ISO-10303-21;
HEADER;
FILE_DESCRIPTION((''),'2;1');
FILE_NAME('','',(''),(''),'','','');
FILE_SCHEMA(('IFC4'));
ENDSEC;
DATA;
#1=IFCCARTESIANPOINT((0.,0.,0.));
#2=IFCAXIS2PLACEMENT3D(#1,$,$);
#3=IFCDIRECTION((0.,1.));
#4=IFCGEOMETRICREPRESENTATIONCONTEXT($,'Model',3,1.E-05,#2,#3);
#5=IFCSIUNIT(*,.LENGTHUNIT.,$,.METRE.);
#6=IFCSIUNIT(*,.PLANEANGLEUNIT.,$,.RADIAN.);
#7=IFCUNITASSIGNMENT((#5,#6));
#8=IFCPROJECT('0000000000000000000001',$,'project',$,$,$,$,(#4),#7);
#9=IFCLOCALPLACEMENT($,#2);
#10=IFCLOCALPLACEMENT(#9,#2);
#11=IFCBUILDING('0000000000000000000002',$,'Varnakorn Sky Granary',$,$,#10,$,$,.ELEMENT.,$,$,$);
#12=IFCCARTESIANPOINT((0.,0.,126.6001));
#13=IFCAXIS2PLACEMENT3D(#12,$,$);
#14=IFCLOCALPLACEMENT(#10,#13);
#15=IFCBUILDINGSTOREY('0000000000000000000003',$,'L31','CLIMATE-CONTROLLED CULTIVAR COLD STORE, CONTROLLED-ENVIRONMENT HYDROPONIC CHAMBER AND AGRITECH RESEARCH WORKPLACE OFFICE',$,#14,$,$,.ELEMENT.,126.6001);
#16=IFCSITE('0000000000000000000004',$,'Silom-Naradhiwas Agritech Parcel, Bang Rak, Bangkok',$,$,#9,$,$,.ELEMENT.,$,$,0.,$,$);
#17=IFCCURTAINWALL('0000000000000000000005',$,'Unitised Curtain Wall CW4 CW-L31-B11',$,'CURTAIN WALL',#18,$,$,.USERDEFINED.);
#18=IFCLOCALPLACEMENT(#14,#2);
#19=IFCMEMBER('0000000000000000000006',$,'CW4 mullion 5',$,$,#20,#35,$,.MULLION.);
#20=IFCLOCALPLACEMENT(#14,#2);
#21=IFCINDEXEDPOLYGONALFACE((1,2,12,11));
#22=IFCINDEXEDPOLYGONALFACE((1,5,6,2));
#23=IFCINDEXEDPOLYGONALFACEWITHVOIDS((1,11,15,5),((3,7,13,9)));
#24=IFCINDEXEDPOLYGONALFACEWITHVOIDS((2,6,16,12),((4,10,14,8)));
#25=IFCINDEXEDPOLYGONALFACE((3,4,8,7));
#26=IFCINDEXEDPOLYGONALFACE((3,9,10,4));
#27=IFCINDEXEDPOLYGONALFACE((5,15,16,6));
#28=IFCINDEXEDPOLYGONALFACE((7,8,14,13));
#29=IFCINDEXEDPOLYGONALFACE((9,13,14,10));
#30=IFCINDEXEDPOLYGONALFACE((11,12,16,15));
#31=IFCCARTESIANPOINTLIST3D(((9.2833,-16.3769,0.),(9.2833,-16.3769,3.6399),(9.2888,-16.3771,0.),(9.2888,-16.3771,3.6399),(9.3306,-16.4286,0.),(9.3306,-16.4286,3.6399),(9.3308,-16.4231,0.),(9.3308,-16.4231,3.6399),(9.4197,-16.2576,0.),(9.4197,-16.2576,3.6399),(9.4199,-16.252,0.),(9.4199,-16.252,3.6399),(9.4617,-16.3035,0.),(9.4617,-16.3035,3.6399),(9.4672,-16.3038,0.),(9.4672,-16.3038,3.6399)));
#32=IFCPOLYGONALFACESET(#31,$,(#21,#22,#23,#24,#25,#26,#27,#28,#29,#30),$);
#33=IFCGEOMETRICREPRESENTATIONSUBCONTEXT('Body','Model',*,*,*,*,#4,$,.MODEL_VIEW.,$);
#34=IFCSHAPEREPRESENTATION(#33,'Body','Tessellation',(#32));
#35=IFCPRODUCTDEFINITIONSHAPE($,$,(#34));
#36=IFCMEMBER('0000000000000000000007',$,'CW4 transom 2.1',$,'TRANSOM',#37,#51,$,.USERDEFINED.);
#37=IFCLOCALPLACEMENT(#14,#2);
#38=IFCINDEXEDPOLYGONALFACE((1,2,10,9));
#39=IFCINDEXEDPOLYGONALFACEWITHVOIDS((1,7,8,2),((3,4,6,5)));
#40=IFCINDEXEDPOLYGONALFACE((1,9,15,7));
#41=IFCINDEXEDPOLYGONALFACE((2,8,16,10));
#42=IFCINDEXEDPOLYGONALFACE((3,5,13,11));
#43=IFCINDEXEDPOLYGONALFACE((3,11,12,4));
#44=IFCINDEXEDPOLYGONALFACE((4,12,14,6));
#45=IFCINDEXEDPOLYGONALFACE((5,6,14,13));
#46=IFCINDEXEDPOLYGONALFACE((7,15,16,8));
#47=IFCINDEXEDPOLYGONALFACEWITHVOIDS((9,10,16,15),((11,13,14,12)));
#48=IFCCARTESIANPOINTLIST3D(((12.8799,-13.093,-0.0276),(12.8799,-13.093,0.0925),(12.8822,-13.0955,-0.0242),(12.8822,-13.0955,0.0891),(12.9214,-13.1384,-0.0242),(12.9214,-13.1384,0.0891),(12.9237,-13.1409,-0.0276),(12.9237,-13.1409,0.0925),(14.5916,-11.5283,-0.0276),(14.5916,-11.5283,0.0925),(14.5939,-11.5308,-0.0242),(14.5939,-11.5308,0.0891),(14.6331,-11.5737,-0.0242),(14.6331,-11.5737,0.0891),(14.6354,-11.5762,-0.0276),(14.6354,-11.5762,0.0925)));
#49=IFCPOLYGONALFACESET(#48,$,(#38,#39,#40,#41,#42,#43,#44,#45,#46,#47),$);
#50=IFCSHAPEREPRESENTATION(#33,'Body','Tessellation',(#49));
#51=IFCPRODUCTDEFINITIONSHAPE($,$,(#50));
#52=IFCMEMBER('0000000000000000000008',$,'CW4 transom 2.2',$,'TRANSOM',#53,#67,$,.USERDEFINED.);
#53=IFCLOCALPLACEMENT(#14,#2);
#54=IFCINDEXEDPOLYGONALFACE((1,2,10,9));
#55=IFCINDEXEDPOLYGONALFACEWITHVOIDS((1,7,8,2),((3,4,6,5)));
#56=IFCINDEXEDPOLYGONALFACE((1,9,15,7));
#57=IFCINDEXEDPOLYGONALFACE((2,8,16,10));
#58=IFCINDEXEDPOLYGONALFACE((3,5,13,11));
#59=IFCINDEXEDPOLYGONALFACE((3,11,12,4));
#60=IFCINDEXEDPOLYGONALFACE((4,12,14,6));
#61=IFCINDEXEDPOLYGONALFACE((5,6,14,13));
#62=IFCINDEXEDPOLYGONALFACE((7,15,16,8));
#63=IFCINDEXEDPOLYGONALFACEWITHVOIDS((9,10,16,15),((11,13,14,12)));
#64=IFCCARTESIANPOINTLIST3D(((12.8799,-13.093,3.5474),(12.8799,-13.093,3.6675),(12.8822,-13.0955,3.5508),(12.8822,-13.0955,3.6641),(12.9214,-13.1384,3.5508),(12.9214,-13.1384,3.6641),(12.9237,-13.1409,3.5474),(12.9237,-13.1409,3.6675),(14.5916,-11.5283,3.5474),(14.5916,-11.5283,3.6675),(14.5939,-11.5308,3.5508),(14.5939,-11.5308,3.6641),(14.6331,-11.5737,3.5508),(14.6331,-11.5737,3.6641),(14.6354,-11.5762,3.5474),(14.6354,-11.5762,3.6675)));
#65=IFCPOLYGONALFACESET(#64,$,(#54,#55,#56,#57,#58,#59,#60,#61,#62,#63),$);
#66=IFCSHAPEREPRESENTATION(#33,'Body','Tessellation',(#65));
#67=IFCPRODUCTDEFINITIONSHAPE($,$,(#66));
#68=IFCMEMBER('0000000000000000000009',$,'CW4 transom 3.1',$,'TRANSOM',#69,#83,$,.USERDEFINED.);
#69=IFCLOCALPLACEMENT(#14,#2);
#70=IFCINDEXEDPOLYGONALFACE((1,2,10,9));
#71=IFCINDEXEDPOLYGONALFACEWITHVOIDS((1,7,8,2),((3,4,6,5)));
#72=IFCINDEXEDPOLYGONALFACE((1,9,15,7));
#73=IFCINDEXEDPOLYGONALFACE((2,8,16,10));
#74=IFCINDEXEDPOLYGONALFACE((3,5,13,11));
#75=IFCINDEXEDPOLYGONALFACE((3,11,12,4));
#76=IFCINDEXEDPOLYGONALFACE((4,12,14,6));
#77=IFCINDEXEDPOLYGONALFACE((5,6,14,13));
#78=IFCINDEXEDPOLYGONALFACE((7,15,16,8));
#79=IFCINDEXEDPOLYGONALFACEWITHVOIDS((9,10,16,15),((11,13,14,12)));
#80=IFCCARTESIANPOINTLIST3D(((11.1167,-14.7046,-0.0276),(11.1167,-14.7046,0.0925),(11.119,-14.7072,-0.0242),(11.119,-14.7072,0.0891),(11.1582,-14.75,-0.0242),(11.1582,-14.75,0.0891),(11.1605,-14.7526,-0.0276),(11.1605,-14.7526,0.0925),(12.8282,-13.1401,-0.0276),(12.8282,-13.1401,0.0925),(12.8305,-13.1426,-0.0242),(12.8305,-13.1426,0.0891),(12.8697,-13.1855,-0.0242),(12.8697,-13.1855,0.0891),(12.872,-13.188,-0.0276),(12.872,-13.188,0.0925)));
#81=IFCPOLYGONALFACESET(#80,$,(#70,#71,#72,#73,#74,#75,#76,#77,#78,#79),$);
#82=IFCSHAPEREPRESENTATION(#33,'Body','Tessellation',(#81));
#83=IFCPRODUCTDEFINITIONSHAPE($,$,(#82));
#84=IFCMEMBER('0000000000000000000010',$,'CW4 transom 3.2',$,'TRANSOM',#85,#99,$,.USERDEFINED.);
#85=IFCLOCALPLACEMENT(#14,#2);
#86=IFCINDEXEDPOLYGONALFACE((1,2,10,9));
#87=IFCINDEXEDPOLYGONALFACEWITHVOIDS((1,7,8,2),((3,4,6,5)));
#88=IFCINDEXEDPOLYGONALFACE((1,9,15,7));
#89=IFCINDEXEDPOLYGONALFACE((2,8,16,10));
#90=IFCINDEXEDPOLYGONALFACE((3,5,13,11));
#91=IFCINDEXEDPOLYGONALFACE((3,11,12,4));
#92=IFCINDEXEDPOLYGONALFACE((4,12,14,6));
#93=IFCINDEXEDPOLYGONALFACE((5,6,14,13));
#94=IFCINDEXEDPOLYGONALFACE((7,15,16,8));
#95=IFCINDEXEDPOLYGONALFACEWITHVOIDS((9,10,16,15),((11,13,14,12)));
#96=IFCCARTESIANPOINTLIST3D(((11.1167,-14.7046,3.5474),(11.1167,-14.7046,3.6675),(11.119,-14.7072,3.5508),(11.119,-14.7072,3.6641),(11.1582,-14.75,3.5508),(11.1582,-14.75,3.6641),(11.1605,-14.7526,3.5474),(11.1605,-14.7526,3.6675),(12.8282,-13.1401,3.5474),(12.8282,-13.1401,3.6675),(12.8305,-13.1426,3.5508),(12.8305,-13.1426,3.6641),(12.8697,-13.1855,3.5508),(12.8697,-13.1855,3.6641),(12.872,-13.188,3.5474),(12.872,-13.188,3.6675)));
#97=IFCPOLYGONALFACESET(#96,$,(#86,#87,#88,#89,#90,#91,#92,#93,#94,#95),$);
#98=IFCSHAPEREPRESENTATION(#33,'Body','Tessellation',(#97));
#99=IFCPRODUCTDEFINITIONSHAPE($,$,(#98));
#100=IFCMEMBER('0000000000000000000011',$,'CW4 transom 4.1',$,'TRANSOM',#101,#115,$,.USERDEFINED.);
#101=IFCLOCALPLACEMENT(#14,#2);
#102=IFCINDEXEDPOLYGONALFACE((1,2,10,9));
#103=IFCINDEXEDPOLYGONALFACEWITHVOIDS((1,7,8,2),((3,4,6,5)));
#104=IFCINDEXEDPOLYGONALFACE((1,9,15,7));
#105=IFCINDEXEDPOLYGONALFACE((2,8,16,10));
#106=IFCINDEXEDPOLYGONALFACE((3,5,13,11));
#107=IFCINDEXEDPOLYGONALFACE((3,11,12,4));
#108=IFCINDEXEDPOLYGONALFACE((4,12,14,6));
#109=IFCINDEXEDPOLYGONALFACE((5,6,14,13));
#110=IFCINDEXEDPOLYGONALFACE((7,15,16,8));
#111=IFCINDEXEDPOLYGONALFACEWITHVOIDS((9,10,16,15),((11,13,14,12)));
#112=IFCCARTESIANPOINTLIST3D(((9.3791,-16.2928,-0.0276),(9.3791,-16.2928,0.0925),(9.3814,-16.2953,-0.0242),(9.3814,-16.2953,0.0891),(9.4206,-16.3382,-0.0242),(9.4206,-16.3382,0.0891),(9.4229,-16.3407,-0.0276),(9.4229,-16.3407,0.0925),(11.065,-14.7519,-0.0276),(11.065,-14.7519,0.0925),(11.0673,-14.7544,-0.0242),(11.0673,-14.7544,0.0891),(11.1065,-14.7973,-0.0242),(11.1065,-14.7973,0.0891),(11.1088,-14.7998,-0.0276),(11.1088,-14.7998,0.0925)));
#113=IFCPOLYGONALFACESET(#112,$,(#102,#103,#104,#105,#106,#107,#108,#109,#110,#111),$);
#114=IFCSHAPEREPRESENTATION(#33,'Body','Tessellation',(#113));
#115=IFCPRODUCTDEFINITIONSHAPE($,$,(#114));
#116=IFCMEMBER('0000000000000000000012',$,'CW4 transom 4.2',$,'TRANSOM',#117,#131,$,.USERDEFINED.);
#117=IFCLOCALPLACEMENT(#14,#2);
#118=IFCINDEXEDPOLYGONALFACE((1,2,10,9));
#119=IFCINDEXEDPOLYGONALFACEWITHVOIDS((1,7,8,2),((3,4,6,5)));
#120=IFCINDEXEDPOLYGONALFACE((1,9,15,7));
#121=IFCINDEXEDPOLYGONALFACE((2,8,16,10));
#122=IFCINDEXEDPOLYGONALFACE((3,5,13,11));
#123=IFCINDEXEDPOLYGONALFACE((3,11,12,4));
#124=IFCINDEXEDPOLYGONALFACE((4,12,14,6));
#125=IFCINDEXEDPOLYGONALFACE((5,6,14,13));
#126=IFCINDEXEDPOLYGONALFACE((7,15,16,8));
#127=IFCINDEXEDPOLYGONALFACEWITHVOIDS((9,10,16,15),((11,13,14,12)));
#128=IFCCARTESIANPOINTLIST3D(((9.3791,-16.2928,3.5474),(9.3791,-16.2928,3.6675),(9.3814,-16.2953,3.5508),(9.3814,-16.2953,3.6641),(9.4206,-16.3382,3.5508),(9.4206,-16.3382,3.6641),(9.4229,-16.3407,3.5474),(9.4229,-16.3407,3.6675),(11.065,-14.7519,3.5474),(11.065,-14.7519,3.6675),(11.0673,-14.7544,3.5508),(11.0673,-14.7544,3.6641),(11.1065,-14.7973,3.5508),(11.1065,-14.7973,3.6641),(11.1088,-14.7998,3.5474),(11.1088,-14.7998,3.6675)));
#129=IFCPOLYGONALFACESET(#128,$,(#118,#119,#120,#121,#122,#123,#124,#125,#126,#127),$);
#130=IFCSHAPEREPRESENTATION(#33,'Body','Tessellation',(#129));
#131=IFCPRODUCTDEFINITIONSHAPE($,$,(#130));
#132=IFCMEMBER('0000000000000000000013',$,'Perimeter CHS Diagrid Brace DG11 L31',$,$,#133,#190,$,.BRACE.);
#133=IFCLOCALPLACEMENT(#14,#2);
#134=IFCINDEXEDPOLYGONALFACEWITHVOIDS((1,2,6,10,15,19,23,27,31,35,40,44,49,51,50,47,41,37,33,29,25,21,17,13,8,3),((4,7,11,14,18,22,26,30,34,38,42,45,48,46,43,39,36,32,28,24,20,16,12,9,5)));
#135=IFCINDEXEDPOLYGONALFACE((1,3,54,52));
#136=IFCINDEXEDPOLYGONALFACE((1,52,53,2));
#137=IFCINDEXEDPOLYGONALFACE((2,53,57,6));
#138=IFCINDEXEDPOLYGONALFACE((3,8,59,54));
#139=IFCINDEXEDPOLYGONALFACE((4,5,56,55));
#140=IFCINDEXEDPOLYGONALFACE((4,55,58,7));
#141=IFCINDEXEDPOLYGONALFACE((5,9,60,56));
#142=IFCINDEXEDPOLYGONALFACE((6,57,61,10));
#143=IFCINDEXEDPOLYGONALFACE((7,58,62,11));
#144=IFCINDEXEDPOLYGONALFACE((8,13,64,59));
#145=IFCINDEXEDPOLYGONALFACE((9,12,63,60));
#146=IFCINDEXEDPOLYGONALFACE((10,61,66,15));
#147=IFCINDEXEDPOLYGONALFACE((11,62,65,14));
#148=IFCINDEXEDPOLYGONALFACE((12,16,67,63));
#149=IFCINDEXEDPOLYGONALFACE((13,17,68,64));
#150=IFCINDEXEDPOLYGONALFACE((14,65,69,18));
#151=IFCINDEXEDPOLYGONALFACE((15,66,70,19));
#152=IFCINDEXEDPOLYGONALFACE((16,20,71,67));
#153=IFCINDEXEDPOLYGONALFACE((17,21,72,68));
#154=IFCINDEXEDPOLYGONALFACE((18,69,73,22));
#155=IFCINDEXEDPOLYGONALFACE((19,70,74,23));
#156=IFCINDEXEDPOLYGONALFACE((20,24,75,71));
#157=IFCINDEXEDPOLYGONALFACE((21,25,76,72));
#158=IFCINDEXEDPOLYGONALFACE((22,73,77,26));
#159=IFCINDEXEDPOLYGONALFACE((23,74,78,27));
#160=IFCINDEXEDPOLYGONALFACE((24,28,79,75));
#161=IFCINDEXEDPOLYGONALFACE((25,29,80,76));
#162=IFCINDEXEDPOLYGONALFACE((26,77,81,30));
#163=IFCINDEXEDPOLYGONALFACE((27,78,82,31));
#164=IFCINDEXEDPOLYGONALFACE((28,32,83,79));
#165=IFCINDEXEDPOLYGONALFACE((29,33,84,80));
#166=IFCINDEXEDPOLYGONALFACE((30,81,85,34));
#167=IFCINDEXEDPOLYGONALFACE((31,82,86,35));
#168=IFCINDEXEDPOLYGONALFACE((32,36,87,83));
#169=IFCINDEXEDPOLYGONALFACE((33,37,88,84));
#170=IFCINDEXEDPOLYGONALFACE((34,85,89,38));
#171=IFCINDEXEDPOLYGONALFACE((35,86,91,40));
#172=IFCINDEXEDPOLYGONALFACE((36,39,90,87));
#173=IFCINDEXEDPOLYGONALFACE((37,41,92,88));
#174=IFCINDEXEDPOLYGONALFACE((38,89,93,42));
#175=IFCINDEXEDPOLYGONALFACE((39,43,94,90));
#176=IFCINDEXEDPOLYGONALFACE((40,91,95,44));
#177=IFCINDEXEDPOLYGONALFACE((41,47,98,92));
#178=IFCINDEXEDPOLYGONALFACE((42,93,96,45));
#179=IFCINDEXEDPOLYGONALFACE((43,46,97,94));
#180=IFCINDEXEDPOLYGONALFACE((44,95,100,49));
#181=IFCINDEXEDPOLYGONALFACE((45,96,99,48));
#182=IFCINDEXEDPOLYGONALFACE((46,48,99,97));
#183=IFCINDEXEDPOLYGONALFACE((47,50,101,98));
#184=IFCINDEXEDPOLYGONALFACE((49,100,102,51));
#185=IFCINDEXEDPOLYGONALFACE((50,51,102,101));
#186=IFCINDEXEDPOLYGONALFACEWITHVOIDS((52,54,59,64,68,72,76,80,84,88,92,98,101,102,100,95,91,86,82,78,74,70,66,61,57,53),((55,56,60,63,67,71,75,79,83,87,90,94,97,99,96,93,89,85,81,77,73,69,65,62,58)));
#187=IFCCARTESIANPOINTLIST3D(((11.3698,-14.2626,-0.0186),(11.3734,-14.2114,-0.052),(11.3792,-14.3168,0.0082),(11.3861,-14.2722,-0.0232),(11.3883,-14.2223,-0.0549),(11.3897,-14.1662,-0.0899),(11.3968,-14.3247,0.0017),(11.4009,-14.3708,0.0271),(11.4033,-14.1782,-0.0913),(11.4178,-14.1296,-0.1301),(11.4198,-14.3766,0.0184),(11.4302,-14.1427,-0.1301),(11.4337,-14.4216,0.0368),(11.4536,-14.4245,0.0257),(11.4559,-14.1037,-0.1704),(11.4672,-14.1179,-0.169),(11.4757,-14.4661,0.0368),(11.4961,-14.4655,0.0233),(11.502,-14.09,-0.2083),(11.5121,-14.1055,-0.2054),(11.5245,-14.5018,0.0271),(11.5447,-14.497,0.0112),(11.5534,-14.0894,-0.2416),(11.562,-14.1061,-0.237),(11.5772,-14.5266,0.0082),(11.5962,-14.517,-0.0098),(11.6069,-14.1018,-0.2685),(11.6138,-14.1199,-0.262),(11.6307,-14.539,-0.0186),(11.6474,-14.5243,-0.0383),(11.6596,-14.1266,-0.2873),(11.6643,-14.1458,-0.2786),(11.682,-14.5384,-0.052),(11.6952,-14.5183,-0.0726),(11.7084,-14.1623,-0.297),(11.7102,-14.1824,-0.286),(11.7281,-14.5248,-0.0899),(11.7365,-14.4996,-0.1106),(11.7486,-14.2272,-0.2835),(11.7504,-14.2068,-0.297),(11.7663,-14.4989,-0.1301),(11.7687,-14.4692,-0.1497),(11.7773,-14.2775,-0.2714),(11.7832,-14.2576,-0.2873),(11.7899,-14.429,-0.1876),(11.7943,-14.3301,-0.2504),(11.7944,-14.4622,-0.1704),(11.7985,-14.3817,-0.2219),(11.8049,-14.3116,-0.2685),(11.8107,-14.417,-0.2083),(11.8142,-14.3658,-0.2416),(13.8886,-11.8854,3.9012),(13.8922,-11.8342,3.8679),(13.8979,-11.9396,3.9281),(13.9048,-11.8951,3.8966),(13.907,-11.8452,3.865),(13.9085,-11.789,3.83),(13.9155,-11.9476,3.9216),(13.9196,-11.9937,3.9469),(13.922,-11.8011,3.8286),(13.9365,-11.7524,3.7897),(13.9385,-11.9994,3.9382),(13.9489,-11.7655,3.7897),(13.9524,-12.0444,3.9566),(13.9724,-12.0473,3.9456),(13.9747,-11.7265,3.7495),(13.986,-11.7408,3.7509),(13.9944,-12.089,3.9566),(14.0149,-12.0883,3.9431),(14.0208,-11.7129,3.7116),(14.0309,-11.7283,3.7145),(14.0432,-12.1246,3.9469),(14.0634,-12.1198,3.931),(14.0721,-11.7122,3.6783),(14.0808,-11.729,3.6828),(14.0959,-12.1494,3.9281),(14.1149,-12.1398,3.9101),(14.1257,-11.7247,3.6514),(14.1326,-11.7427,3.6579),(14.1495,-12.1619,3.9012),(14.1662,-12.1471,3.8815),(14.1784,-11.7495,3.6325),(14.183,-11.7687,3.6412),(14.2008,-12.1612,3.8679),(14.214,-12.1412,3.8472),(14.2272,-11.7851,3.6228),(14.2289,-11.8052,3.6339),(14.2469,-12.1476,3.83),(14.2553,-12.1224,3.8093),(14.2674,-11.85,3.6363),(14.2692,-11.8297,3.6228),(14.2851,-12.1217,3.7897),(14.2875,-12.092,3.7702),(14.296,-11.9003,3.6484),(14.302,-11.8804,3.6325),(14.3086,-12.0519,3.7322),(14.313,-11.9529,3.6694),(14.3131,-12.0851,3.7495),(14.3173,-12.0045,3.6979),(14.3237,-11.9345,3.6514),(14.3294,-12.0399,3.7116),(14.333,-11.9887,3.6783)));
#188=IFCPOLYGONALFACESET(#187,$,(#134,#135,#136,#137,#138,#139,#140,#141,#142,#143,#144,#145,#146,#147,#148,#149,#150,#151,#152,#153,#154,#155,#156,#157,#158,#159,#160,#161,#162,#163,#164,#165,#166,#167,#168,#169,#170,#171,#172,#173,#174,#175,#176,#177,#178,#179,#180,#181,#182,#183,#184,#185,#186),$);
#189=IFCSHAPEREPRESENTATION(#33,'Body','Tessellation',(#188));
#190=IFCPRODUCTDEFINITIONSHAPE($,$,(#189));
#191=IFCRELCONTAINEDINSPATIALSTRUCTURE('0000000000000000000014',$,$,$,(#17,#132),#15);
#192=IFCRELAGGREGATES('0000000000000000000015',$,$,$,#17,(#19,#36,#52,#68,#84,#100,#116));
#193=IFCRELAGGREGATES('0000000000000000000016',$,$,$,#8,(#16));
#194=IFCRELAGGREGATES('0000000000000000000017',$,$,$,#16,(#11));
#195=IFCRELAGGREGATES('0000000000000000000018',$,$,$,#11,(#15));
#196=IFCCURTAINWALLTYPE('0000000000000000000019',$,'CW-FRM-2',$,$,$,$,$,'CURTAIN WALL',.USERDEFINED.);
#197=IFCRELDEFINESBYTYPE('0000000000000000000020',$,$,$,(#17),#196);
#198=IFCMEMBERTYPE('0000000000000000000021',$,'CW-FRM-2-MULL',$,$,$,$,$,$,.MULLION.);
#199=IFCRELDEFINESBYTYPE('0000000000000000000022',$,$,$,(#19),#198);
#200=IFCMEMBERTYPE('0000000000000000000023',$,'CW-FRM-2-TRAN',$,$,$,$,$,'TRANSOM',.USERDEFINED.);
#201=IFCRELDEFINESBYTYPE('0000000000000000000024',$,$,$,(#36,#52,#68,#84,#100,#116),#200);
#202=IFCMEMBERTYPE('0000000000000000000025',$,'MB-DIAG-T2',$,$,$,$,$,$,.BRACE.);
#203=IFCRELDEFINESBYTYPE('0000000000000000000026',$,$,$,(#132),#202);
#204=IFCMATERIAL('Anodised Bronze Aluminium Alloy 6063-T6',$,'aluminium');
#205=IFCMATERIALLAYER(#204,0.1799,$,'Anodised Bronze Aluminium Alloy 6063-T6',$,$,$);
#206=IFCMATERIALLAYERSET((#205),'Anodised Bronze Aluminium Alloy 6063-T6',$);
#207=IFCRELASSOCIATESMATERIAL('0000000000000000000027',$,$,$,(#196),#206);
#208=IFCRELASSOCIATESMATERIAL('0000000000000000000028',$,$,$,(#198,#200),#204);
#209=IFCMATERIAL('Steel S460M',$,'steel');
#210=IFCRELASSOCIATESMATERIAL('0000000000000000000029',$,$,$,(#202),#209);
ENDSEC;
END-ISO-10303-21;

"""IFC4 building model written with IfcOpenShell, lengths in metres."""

from ifc_helpers import new_model, si_unit, direction, frame, origin, origin_2d, place, context, subcontext, project, spatial, hollow_rectangle, hollow_circle, extrude, material, layer, layer_set, material_profile, profile_set, type_object, element, aggregate, save


model = new_model("IFC4")

# Units and contexts
model_context = context("Model", 3, precision=1e-05, world=origin(), true_north=direction((0.0, 1.0)))
body_context = subcontext(model_context, "Body", "Model", "MODEL_VIEW")
ifc_project = project(units=[si_unit("LENGTHUNIT", "METRE"), si_unit("PLANEANGLEUNIT", "RADIAN")], contexts=[model_context])

# Site, building, storey
site_placement = place(None, origin())
site = spatial("IfcSite", under=ifc_project, at=site_placement, Name="Silom-Naradhiwas Agritech Parcel, Bang Rak, Bangkok", CompositionType="ELEMENT", RefElevation=0.0)
building_placement = place(site_placement, origin())
building = spatial("IfcBuilding", under=site, at=building_placement, Name="Varnakorn Sky Granary", CompositionType="ELEMENT")
storey_placement = place(building_placement, frame((0.0, 0.0, 126.6001)))
storey = spatial("IfcBuildingStorey", under=building, at=storey_placement, Name="L31", Description="CLIMATE-CONTROLLED CULTIVAR COLD STORE, CONTROLLED-ENVIRONMENT HYDROPONIC CHAMBER AND AGRITECH RESEARCH WORKPLACE OFFICE", CompositionType="ELEMENT", Elevation=126.6001)

# Shared definitions
ifc_material_1 = material(Name="Steel S460M", Category="steel")

# Shared definitions
ifc_material_2 = material(Name="Anodised Bronze Aluminium Alloy 6063-T6", Category="aluminium")
ifc_layer_1 = layer(ifc_material_2, 0.1799, Name="Anodised Bronze Aluminium Alloy 6063-T6")
ifc_layer_set_1 = layer_set([ifc_layer_1], Name="Anodised Bronze Aluminium Alloy 6063-T6")
curtain_wall_type = type_object("IfcCurtainWallType", Name="CW-FRM-2", ElementType="CURTAIN WALL", PredefinedType="USERDEFINED", material=ifc_layer_set_1)
ifc_material_profile_1 = material_profile(ifc_material_2, hollow_rectangle(XDim=0.0701, YDim=0.1851, WallThickness=0.0039, at=origin_2d()), Name="ALU MULL 70x185")
ifc_profile_set_1 = profile_set([ifc_material_profile_1], Name="Anodised Bronze Aluminium Alloy 6063-T6")
member_type_1 = type_object("IfcMemberType", Name="CW-FRM-2-MULL", PredefinedType="MULLION", material=ifc_profile_set_1)

# Curtain wall, members
curtain_wall_1_placement = place(storey_placement, origin())
curtain_wall_1 = element("IfcCurtainWall", 1, at=curtain_wall_1_placement, inside=storey, type_object=curtain_wall_type, Name="Unitised Curtain Wall CW4 CW-L31-B11", ObjectType="CURTAIN WALL", PredefinedType="USERDEFINED")
member_1_placement = place(storey_placement, frame((9.3752, -16.3403, 0.0), z_axis=(0.0, 0.0, 1.0), x_axis=(0.674681, -0.73811, 0.0)))
member_1 = element("IfcMember", 2, at=member_1_placement, type_object=member_type_1, Name="CW4 mullion 5", PredefinedType="MULLION", context=body_context, shape_type="SweptSolid", body=[
    extrude(hollow_rectangle(XDim=0.0701, YDim=0.1851, WallThickness=0.0039, at=origin_2d()), origin(), (0.0, 0.0, 1.0), 3.6399),
])
ifc_material_profile_2 = material_profile(ifc_material_2, hollow_rectangle(XDim=0.0649, YDim=0.1201, WallThickness=0.0034, at=origin_2d()), Name="ALU TRAN 65x120")
ifc_profile_set_2 = profile_set([ifc_material_profile_2], Name="Anodised Bronze Aluminium Alloy 6063-T6")
member_type_2 = type_object("IfcMemberType", Name="CW-FRM-2-TRAN", ElementType="TRANSOM", PredefinedType="USERDEFINED", material=ifc_profile_set_2)
member_2_placement = place(storey_placement, frame((14.6135, -11.5522, 0.0325), z_axis=(-0.738084, -0.674709, 0.0), x_axis=(0.674709, -0.738084, 0.0)))
member_2 = element("IfcMember", 3, at=member_2_placement, type_object=member_type_2, Name="CW4 transom 2.1", ObjectType="TRANSOM", PredefinedType="USERDEFINED", context=body_context, shape_type="SweptSolid", body=[
    extrude(hollow_rectangle(XDim=0.0649, YDim=0.1201, WallThickness=0.0034, at=origin_2d()), origin(), (0.0, 0.0, 1.0), 2.3191),
])
member_3_placement = place(storey_placement, frame((14.6135, -11.5522, 3.6074), z_axis=(-0.738084, -0.674709, 0.0), x_axis=(0.674709, -0.738084, 0.0)))
member_3 = element("IfcMember", 4, at=member_3_placement, type_object=member_type_2, Name="CW4 transom 2.2", ObjectType="TRANSOM", PredefinedType="USERDEFINED", context=body_context, shape_type="SweptSolid", body=[
    extrude(hollow_rectangle(XDim=0.0649, YDim=0.1201, WallThickness=0.0034, at=origin_2d()), origin(), (0.0, 0.0, 1.0), 2.3191),
])
member_4_placement = place(storey_placement, frame((12.8501, -13.1641, 0.0325), z_axis=(-0.738089, -0.674704, 0.0), x_axis=(0.674704, -0.738089, 0.0)))
member_4 = element("IfcMember", 5, at=member_4_placement, type_object=member_type_2, Name="CW4 transom 3.1", ObjectType="TRANSOM", PredefinedType="USERDEFINED", context=body_context, shape_type="SweptSolid", body=[
    extrude(hollow_rectangle(XDim=0.0649, YDim=0.1201, WallThickness=0.0034, at=origin_2d()), origin(), (0.0, 0.0, 1.0), 2.3188),
])
member_5_placement = place(storey_placement, frame((12.8501, -13.1641, 3.6074), z_axis=(-0.738089, -0.674704, 0.0), x_axis=(0.674704, -0.738089, 0.0)))
member_5 = element("IfcMember", 6, at=member_5_placement, type_object=member_type_2, Name="CW4 transom 3.2", ObjectType="TRANSOM", PredefinedType="USERDEFINED", context=body_context, shape_type="SweptSolid", body=[
    extrude(hollow_rectangle(XDim=0.0649, YDim=0.1201, WallThickness=0.0034, at=origin_2d()), origin(), (0.0, 0.0, 1.0), 2.3188),
])
member_6_placement = place(storey_placement, frame((11.0869, -14.7759, 0.0325), z_axis=(-0.738143, -0.674644, 0.0), x_axis=(0.674644, -0.738143, 0.0)))
member_6 = element("IfcMember", 7, at=member_6_placement, type_object=member_type_2, Name="CW4 transom 4.1", ObjectType="TRANSOM", PredefinedType="USERDEFINED", context=body_context, shape_type="SweptSolid", body=[
    extrude(hollow_rectangle(XDim=0.0649, YDim=0.1201, WallThickness=0.0034, at=origin_2d()), origin(), (0.0, 0.0, 1.0), 2.2839),
])
member_7_placement = place(storey_placement, frame((11.0869, -14.7759, 3.6074), z_axis=(-0.738143, -0.674644, 0.0), x_axis=(0.674644, -0.738143, 0.0)))
member_7 = element("IfcMember", 8, at=member_7_placement, type_object=member_type_2, Name="CW4 transom 4.2", ObjectType="TRANSOM", PredefinedType="USERDEFINED", context=body_context, shape_type="SweptSolid", body=[
    extrude(hollow_rectangle(XDim=0.0649, YDim=0.1201, WallThickness=0.0034, at=origin_2d()), origin(), (0.0, 0.0, 1.0), 2.2839),
])

# Member
ifc_material_profile_3 = material_profile(ifc_material_1, hollow_circle(Radius=0.2539, WallThickness=0.0181, at=origin_2d()), Name="CHS 508x18")
ifc_profile_set_3 = profile_set([ifc_material_profile_3], Name="Steel S460M")
member_type_3 = type_object("IfcMemberType", Name="MB-DIAG-T2", PredefinedType="BRACE", material=ifc_profile_set_3)
member_8_placement = place(storey_placement, frame((11.592, -14.3142, -0.1301), z_axis=(0.481533, 0.454462, 0.749393), x_axis=(-0.686369, 0.727254, 0.0)))
element("IfcMember", 9, at=member_8_placement, inside=storey, type_object=member_type_3, Name="Perimeter CHS Diagrid Brace DG11 L31", PredefinedType="BRACE", context=body_context, shape_type="SweptSolid", body=[
    extrude(hollow_circle(Radius=0.2539, WallThickness=0.0181, at=origin_2d()), origin(), (0.0, 0.0, 1.0), 5.2307),
])

aggregate(curtain_wall_1, [member_1, member_2, member_3, member_4, member_5, member_6, member_7])

save(model, "model.ifc")
